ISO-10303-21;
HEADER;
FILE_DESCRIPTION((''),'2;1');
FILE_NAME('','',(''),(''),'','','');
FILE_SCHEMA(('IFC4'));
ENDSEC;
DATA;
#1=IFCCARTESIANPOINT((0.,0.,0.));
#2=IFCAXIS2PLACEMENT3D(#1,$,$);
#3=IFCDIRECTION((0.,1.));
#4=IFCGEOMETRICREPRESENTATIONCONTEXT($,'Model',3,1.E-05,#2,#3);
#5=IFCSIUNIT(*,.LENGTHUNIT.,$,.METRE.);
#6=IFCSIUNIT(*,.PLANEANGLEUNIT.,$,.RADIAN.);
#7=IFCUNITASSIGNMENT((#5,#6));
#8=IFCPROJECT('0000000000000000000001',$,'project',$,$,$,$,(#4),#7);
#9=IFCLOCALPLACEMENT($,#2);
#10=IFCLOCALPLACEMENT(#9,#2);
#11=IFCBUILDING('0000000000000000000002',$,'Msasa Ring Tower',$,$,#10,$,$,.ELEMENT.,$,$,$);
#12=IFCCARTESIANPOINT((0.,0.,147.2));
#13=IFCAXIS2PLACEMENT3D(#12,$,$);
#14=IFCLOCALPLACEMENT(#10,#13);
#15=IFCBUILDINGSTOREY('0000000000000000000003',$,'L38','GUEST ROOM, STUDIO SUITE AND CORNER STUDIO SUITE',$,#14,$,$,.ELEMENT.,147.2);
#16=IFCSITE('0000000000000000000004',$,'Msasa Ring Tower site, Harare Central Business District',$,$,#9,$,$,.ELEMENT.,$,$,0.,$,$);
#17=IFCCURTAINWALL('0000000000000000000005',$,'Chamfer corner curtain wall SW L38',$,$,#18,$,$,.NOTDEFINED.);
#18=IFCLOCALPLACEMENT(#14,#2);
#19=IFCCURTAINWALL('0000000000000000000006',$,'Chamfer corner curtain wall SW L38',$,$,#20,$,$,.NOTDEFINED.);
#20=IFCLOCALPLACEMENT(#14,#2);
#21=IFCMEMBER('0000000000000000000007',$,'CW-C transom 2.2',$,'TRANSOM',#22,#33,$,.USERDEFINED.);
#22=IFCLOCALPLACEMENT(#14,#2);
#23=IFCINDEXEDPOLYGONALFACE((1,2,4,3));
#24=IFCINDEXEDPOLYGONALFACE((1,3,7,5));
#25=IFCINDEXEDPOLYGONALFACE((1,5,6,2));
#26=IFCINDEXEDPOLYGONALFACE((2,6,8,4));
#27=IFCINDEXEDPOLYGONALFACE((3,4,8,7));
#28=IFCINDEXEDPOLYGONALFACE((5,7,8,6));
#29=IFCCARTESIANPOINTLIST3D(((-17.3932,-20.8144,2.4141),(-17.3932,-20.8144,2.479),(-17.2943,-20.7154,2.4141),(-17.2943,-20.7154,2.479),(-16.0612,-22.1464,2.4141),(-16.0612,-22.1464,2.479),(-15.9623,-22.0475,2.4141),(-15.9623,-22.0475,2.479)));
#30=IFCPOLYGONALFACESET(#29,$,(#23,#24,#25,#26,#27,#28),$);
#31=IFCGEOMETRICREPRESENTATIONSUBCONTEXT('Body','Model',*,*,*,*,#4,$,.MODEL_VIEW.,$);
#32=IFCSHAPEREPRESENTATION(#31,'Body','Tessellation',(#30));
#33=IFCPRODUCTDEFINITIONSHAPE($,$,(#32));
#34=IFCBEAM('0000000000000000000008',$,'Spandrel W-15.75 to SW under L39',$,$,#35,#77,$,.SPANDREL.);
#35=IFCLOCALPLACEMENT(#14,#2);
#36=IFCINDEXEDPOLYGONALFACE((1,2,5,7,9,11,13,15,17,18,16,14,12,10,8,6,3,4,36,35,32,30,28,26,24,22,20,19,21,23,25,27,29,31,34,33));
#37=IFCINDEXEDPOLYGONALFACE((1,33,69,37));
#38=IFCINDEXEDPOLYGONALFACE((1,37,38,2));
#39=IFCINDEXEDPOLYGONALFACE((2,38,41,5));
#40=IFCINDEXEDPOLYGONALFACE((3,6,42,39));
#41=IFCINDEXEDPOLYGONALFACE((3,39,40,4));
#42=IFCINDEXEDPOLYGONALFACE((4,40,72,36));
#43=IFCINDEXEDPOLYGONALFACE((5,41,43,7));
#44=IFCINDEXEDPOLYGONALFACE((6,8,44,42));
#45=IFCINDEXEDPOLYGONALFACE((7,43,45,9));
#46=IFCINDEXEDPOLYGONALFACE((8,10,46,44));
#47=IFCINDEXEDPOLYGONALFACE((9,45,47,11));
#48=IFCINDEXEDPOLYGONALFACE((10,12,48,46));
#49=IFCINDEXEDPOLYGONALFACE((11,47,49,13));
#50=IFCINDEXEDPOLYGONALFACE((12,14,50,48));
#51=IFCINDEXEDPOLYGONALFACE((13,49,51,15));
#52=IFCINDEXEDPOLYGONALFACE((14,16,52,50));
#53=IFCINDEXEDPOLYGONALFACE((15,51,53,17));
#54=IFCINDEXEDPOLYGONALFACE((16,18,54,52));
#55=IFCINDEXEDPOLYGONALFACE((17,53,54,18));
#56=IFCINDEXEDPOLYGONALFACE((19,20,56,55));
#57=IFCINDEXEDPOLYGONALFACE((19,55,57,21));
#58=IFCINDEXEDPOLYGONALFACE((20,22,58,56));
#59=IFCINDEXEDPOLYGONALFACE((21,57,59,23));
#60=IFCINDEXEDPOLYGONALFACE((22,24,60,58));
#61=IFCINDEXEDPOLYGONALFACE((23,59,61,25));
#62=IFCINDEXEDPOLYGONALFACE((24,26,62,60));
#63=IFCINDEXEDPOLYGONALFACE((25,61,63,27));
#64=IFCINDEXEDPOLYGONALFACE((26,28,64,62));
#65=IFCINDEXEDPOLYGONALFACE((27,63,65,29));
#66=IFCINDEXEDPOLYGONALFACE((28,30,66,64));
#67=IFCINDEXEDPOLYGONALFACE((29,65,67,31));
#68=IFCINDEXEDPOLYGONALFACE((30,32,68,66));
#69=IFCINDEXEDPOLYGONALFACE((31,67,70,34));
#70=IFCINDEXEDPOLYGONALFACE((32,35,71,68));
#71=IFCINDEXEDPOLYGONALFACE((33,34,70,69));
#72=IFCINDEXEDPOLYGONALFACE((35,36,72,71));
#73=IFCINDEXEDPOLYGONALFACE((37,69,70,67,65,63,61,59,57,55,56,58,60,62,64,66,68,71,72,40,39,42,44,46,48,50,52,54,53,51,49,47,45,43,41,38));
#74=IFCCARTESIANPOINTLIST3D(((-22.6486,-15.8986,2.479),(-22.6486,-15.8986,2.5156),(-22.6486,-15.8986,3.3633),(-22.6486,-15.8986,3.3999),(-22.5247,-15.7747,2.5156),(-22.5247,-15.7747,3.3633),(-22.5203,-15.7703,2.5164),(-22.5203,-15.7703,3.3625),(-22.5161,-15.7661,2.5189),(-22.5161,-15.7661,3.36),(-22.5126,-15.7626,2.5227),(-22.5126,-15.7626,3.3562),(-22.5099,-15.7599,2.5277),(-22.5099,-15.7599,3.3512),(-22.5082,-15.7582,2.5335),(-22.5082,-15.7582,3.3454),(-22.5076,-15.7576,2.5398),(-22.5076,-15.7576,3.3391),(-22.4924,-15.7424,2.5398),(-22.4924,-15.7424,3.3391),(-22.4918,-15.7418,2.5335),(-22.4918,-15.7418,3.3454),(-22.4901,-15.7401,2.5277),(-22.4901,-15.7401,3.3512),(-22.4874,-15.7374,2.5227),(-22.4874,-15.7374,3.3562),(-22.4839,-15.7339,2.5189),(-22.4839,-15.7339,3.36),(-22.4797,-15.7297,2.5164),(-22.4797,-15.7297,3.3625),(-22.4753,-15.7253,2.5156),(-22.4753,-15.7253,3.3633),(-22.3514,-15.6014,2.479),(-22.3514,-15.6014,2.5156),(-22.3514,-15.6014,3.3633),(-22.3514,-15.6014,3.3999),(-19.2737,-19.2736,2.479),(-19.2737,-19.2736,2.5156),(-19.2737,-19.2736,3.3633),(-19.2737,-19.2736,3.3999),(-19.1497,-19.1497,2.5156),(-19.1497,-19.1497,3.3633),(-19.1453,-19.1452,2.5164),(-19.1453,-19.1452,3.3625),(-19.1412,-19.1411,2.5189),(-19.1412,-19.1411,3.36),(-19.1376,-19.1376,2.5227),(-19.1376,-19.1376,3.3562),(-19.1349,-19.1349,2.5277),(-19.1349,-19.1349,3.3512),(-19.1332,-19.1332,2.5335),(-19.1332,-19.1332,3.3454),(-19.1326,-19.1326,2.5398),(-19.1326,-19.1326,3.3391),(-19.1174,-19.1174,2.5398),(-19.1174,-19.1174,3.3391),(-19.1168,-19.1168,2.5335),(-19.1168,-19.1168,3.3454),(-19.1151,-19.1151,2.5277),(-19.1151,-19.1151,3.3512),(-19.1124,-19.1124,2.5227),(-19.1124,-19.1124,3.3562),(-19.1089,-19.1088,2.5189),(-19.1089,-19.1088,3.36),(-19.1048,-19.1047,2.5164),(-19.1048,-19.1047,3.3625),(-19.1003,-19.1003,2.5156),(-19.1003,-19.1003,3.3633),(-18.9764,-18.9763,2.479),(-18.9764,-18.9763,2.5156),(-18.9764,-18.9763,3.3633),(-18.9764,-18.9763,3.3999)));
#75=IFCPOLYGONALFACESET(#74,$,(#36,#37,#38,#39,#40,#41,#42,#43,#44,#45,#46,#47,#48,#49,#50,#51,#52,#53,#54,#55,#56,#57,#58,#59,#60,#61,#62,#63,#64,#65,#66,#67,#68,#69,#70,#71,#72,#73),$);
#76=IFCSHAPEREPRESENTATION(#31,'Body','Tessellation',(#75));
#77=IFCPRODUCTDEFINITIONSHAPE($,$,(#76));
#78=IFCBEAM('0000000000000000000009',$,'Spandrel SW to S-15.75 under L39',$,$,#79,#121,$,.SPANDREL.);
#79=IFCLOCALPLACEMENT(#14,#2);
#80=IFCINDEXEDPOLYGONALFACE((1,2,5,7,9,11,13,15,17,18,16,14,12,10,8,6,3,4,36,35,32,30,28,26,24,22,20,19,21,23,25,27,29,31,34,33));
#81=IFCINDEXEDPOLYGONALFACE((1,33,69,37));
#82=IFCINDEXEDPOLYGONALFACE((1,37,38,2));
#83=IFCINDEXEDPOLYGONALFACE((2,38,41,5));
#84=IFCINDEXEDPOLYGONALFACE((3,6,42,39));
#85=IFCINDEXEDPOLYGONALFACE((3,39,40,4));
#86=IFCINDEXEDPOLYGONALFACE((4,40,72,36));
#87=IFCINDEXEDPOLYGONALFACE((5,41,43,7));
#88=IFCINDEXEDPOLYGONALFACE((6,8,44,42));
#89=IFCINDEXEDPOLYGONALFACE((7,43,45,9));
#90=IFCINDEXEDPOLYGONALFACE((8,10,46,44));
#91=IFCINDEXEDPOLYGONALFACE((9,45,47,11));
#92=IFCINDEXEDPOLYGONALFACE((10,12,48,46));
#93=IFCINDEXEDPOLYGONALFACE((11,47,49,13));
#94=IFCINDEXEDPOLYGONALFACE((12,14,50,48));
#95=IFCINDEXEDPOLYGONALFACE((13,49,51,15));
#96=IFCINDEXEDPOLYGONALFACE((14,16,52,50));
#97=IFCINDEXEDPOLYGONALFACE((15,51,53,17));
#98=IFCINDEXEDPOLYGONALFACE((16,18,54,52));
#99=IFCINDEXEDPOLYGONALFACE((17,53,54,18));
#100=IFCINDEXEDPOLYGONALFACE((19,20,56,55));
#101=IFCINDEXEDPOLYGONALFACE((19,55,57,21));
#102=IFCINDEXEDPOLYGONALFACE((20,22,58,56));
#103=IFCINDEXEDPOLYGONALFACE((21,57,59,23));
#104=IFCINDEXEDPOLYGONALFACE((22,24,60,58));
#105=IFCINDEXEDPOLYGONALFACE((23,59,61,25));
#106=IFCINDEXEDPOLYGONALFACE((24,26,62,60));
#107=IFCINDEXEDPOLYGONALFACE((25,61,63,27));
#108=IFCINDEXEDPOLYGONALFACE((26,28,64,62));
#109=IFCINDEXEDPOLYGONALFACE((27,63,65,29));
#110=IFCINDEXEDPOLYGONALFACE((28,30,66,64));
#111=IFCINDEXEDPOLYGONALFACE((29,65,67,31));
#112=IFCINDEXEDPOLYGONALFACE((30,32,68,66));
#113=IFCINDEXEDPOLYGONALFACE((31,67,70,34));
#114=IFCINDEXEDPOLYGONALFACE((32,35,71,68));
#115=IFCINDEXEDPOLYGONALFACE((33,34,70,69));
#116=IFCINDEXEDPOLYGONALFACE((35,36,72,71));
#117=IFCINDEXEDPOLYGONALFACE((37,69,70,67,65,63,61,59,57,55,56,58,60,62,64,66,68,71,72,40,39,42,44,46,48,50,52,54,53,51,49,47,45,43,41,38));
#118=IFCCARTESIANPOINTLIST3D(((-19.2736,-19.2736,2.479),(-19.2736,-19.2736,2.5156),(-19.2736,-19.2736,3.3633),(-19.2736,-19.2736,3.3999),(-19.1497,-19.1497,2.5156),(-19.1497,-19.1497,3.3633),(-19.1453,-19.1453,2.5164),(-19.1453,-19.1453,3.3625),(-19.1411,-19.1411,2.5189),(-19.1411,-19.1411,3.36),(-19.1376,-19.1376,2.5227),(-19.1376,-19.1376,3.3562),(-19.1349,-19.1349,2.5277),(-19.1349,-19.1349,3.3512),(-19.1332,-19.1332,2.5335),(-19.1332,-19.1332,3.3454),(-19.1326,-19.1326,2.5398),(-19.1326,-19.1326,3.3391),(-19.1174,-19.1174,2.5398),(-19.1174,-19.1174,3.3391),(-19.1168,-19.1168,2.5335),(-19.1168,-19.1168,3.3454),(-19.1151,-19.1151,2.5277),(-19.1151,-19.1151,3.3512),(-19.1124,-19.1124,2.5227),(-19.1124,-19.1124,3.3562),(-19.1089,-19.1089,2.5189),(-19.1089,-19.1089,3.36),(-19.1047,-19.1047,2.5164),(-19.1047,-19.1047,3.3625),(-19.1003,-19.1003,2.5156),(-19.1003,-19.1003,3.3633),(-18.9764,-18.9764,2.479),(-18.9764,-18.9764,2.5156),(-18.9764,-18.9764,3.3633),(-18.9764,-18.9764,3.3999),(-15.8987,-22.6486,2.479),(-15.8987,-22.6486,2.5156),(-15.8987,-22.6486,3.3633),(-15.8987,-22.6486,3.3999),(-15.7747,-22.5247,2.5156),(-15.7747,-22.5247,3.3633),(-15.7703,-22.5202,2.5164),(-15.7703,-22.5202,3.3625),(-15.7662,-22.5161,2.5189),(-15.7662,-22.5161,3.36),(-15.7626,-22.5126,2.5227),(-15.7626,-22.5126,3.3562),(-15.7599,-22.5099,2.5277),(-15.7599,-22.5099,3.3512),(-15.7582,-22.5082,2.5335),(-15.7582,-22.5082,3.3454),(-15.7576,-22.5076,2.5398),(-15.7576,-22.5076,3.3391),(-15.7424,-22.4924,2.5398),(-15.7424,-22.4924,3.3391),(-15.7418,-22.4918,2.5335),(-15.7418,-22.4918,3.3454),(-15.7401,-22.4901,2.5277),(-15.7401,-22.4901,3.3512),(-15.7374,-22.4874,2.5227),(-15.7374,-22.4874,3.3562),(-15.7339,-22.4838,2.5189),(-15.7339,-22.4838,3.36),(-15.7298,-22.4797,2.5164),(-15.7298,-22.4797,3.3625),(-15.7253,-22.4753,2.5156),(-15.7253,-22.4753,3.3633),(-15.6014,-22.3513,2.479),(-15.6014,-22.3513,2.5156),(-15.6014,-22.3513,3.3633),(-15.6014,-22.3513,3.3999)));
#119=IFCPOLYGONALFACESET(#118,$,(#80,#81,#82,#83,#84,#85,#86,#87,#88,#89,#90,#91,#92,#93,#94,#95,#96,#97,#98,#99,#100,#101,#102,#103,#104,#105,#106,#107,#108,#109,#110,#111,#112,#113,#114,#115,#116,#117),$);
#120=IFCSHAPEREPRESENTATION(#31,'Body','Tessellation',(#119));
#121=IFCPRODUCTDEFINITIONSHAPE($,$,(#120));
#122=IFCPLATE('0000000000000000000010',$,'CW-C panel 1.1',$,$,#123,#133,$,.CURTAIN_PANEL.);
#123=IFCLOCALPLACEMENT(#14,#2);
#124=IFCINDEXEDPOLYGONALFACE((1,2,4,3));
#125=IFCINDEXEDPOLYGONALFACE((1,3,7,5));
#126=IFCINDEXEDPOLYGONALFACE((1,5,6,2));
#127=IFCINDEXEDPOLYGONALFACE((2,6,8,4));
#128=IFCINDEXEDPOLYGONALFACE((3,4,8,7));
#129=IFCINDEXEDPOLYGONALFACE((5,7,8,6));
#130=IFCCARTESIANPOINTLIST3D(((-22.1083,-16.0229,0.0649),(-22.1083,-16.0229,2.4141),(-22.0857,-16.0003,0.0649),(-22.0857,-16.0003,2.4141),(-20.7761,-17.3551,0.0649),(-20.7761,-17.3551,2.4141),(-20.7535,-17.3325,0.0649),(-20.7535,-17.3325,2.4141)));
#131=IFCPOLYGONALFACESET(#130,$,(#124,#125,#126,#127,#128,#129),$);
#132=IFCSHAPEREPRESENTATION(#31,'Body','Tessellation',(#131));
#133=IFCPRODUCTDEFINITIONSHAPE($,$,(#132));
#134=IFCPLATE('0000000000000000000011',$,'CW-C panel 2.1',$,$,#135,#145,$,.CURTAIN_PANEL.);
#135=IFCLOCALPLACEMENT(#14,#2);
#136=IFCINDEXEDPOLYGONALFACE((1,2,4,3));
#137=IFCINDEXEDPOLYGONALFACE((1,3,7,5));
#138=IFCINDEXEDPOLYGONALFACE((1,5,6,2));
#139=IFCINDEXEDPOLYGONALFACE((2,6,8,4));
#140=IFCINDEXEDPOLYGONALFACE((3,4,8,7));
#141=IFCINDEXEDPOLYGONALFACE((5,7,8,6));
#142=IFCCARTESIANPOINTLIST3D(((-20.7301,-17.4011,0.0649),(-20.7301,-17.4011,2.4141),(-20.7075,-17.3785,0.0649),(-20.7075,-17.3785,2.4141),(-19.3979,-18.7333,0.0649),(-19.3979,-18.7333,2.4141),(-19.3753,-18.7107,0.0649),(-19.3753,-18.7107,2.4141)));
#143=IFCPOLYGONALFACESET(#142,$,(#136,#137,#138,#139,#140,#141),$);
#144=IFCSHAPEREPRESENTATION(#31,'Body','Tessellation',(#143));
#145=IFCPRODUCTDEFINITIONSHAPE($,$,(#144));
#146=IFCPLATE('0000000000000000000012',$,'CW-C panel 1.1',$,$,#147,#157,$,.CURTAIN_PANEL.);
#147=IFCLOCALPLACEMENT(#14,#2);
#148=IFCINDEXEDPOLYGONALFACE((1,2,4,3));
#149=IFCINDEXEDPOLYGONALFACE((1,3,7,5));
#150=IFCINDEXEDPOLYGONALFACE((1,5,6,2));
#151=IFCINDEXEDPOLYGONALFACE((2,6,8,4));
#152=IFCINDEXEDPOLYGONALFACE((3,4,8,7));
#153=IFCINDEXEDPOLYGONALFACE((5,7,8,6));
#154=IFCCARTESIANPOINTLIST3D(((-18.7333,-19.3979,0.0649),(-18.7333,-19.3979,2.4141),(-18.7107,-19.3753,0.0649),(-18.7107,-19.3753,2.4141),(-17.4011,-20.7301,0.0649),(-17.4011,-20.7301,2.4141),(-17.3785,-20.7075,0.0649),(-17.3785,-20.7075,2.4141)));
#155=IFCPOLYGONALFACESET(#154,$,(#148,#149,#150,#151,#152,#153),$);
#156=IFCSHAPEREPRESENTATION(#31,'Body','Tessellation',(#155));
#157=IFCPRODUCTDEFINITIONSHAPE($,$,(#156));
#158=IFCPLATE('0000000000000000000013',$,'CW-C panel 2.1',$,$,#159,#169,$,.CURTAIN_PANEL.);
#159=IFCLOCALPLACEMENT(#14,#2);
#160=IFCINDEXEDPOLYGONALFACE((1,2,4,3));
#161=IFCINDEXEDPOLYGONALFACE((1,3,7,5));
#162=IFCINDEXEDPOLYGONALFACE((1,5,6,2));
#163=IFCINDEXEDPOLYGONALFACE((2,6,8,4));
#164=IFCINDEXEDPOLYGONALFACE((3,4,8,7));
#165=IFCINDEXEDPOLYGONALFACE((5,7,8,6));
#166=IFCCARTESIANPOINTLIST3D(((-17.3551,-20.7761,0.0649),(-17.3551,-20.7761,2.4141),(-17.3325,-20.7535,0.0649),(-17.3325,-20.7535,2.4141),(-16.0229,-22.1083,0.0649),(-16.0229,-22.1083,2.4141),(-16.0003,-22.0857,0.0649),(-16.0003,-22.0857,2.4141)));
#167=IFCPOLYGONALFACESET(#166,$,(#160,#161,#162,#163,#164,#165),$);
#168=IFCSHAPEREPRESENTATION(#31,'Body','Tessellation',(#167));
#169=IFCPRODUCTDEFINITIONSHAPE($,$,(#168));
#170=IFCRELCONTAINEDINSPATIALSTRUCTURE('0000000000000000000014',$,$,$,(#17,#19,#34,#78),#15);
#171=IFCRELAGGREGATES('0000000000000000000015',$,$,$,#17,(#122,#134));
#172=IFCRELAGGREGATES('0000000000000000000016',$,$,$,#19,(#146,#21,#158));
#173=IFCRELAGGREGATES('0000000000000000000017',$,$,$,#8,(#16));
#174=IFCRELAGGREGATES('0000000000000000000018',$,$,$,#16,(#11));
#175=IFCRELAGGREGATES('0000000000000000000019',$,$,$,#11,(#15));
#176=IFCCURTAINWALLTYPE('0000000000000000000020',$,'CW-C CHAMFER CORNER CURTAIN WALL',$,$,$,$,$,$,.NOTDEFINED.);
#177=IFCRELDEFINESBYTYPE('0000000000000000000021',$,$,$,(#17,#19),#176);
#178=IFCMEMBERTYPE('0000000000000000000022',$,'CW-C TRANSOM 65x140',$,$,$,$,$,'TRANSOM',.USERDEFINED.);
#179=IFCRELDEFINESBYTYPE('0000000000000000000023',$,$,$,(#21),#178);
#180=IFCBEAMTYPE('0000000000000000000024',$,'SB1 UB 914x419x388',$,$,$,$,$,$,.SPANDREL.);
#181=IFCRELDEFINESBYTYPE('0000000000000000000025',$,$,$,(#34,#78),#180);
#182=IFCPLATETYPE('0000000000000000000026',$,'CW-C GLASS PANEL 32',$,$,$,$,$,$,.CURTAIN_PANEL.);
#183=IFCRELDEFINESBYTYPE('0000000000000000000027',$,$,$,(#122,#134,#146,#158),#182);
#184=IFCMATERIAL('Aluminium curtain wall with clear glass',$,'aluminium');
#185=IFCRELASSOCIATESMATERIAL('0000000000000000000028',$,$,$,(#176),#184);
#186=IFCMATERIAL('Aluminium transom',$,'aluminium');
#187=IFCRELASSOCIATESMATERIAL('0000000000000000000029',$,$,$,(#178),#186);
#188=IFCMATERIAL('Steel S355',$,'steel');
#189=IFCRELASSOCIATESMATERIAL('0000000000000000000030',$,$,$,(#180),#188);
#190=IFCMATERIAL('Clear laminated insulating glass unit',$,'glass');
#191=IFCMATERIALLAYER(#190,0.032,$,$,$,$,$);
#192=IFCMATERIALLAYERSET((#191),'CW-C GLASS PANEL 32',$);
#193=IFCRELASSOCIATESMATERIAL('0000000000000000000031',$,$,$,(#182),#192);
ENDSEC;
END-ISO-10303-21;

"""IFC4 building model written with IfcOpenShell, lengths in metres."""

from ifc_helpers import new_model, si_unit, direction, frame, origin, origin_2d, place, context, subcontext, project, spatial, rectangle, i_section, extrude, material, layer, layer_set, material_profile, profile_set, type_object, element, aggregate, save


model = new_model("IFC4")

# Units and contexts
model_context = context("Model", 3, precision=1e-05, world=origin(), true_north=direction((0.0, 1.0)))
body_context = subcontext(model_context, "Body", "Model", "MODEL_VIEW")
ifc_project = project(units=[si_unit("LENGTHUNIT", "METRE"), si_unit("PLANEANGLEUNIT", "RADIAN")], contexts=[model_context])

# Site, building, storey
site_placement = place(None, origin())
site = spatial("IfcSite", under=ifc_project, at=site_placement, Name="Msasa Ring Tower site, Harare Central Business District", CompositionType="ELEMENT", RefElevation=0.0)
building_placement = place(site_placement, origin())
building = spatial("IfcBuilding", under=site, at=building_placement, Name="Msasa Ring Tower", CompositionType="ELEMENT")
storey_placement = place(building_placement, frame((0.0, 0.0, 147.2)))
storey = spatial("IfcBuildingStorey", under=building, at=storey_placement, Name="L38", Description="GUEST ROOM, STUDIO SUITE AND CORNER STUDIO SUITE", CompositionType="ELEMENT", Elevation=147.2)

# Curtain walls
ifc_material_1 = material(Name="Aluminium curtain wall with clear glass", Category="aluminium")
curtain_wall_type = type_object("IfcCurtainWallType", Name="CW-C CHAMFER CORNER CURTAIN WALL", PredefinedType="NOTDEFINED", material=ifc_material_1)
curtain_wall_1_placement = place(storey_placement, origin())
curtain_wall_1 = element("IfcCurtainWall", 1, at=curtain_wall_1_placement, inside=storey, type_object=curtain_wall_type, Name="Chamfer corner curtain wall SW L38", PredefinedType="NOTDEFINED")
curtain_wall_2_placement = place(storey_placement, origin())
curtain_wall_2 = element("IfcCurtainWall", 2, at=curtain_wall_2_placement, inside=storey, type_object=curtain_wall_type, Name="Chamfer corner curtain wall SW L38", PredefinedType="NOTDEFINED")

# Member
ifc_material_2 = material(Name="Aluminium transom", Category="aluminium")
ifc_material_profile_1 = material_profile(ifc_material_2, rectangle(XDim=0.1399, YDim=0.0649, at=origin_2d()), Name="AL 65x140")
ifc_profile_set_1 = profile_set([ifc_material_profile_1], Name="Aluminium transom")
member_type_1 = type_object("IfcMemberType", Name="CW-C TRANSOM 65x140", ElementType="TRANSOM", PredefinedType="USERDEFINED", material=ifc_profile_set_1)
member_1_placement = place(storey_placement, frame((-17.3438, -20.7649, 2.4465), z_axis=(0.707107, -0.707107, 0.0), x_axis=(0.707107, 0.707107, 0.0)))
member_1 = element("IfcMember", 3, at=member_1_placement, type_object=member_type_1, Name="CW-C transom 2.2", ObjectType="TRANSOM", PredefinedType="USERDEFINED", context=body_context, shape_type="SweptSolid", body=[
    extrude(rectangle(XDim=0.1399, YDim=0.0649, at=origin_2d()), origin(), (0.0, 0.0, 1.0), 1.8838),
])

# Beams
ifc_material_3 = material(Name="Steel S355", Category="steel")
ifc_material_profile_2 = material_profile(ifc_material_3, i_section(OverallWidth=0.4204, OverallDepth=0.9209, WebThickness=0.0215, FlangeThickness=0.0366, FilletRadius=0.0242, at=origin_2d()), Name="UB 914x419x388")
ifc_profile_set_2 = profile_set([ifc_material_profile_2], Name="Steel S355")
beam_type = type_object("IfcBeamType", Name="SB1 UB 914x419x388", PredefinedType="SPANDREL", material=ifc_profile_set_2)
for number, where, z_axis, x_axis, name in (
    (4, (-22.5, -15.75, 2.9395), (0.707107, -0.707107, 0.0), (0.707107, 0.707107, 0.0), "Spandrel W-15.75 to SW under L39"),
    (5, (-19.125, -19.125, 2.9395), (0.707107, -0.707107, 0.0), (0.707107, 0.707107, 0.0), "Spandrel SW to S-15.75 under L39"),
):
    element("IfcBeam", number, at=place(storey_placement, frame(where, z_axis=z_axis, x_axis=x_axis)), inside=storey, type_object=beam_type, Name=name, PredefinedType="SPANDREL", context=body_context, shape_type="SweptSolid", body=[
        extrude(i_section(OverallWidth=0.4204, OverallDepth=0.9209, WebThickness=0.0215, FlangeThickness=0.0366, FilletRadius=0.0242, at=origin_2d()), origin(), (0.0, 0.0, 1.0), 4.7729),
    ])

# Plates
ifc_material_4 = material(Name="Clear laminated insulating glass unit", Category="glass")
ifc_layer_1 = layer(ifc_material_4, 0.032)
ifc_layer_set_1 = layer_set([ifc_layer_1], Name="CW-C GLASS PANEL 32")
plate_type = type_object("IfcPlateType", Name="CW-C GLASS PANEL 32", PredefinedType="CURTAIN_PANEL", material=ifc_layer_set_1)
plate_1_placement = place(storey_placement, frame((-21.4309, -16.6777, 0.0649), z_axis=(0.0, 0.0, 1.0), x_axis=(0.707107, -0.707107, 0.0)))
plate_1 = element("IfcPlate", 6, at=plate_1_placement, type_object=plate_type, Name="CW-C panel 1.1", PredefinedType="CURTAIN_PANEL", context=body_context, shape_type="SweptSolid", body=[
    extrude(rectangle(XDim=1.884, YDim=0.032, at=origin_2d()), origin(), (0.0, 0.0, 1.0), 2.3491),
])
plate_2_placement = place(storey_placement, frame((-20.0527, -18.0559, 0.0649), z_axis=(0.0, 0.0, 1.0), x_axis=(0.707107, -0.707107, 0.0)))
plate_2 = element("IfcPlate", 7, at=plate_2_placement, type_object=plate_type, Name="CW-C panel 2.1", PredefinedType="CURTAIN_PANEL", context=body_context, shape_type="SweptSolid", body=[
    extrude(rectangle(XDim=1.884, YDim=0.032, at=origin_2d()), origin(), (0.0, 0.0, 1.0), 2.3491),
])
aggregate(curtain_wall_1, [plate_1, plate_2])
plate_3_placement = place(storey_placement, frame((-18.0559, -20.0527, 0.0649), z_axis=(0.0, 0.0, 1.0), x_axis=(0.707107, -0.707107, 0.0)))
plate_3 = element("IfcPlate", 8, at=plate_3_placement, type_object=plate_type, Name="CW-C panel 1.1", PredefinedType="CURTAIN_PANEL", context=body_context, shape_type="SweptSolid", body=[
    extrude(rectangle(XDim=1.884, YDim=0.032, at=origin_2d()), origin(), (0.0, 0.0, 1.0), 2.3491),
])
plate_4_placement = place(storey_placement, frame((-16.6777, -21.4309, 0.0649), z_axis=(0.0, 0.0, 1.0), x_axis=(0.707107, -0.707107, 0.0)))
plate_4 = element("IfcPlate", 9, at=plate_4_placement, type_object=plate_type, Name="CW-C panel 2.1", PredefinedType="CURTAIN_PANEL", context=body_context, shape_type="SweptSolid", body=[
    extrude(rectangle(XDim=1.884, YDim=0.032, at=origin_2d()), origin(), (0.0, 0.0, 1.0), 2.3491),
])
aggregate(curtain_wall_2, [plate_3, member_1, plate_4])

save(model, "model.ifc")
